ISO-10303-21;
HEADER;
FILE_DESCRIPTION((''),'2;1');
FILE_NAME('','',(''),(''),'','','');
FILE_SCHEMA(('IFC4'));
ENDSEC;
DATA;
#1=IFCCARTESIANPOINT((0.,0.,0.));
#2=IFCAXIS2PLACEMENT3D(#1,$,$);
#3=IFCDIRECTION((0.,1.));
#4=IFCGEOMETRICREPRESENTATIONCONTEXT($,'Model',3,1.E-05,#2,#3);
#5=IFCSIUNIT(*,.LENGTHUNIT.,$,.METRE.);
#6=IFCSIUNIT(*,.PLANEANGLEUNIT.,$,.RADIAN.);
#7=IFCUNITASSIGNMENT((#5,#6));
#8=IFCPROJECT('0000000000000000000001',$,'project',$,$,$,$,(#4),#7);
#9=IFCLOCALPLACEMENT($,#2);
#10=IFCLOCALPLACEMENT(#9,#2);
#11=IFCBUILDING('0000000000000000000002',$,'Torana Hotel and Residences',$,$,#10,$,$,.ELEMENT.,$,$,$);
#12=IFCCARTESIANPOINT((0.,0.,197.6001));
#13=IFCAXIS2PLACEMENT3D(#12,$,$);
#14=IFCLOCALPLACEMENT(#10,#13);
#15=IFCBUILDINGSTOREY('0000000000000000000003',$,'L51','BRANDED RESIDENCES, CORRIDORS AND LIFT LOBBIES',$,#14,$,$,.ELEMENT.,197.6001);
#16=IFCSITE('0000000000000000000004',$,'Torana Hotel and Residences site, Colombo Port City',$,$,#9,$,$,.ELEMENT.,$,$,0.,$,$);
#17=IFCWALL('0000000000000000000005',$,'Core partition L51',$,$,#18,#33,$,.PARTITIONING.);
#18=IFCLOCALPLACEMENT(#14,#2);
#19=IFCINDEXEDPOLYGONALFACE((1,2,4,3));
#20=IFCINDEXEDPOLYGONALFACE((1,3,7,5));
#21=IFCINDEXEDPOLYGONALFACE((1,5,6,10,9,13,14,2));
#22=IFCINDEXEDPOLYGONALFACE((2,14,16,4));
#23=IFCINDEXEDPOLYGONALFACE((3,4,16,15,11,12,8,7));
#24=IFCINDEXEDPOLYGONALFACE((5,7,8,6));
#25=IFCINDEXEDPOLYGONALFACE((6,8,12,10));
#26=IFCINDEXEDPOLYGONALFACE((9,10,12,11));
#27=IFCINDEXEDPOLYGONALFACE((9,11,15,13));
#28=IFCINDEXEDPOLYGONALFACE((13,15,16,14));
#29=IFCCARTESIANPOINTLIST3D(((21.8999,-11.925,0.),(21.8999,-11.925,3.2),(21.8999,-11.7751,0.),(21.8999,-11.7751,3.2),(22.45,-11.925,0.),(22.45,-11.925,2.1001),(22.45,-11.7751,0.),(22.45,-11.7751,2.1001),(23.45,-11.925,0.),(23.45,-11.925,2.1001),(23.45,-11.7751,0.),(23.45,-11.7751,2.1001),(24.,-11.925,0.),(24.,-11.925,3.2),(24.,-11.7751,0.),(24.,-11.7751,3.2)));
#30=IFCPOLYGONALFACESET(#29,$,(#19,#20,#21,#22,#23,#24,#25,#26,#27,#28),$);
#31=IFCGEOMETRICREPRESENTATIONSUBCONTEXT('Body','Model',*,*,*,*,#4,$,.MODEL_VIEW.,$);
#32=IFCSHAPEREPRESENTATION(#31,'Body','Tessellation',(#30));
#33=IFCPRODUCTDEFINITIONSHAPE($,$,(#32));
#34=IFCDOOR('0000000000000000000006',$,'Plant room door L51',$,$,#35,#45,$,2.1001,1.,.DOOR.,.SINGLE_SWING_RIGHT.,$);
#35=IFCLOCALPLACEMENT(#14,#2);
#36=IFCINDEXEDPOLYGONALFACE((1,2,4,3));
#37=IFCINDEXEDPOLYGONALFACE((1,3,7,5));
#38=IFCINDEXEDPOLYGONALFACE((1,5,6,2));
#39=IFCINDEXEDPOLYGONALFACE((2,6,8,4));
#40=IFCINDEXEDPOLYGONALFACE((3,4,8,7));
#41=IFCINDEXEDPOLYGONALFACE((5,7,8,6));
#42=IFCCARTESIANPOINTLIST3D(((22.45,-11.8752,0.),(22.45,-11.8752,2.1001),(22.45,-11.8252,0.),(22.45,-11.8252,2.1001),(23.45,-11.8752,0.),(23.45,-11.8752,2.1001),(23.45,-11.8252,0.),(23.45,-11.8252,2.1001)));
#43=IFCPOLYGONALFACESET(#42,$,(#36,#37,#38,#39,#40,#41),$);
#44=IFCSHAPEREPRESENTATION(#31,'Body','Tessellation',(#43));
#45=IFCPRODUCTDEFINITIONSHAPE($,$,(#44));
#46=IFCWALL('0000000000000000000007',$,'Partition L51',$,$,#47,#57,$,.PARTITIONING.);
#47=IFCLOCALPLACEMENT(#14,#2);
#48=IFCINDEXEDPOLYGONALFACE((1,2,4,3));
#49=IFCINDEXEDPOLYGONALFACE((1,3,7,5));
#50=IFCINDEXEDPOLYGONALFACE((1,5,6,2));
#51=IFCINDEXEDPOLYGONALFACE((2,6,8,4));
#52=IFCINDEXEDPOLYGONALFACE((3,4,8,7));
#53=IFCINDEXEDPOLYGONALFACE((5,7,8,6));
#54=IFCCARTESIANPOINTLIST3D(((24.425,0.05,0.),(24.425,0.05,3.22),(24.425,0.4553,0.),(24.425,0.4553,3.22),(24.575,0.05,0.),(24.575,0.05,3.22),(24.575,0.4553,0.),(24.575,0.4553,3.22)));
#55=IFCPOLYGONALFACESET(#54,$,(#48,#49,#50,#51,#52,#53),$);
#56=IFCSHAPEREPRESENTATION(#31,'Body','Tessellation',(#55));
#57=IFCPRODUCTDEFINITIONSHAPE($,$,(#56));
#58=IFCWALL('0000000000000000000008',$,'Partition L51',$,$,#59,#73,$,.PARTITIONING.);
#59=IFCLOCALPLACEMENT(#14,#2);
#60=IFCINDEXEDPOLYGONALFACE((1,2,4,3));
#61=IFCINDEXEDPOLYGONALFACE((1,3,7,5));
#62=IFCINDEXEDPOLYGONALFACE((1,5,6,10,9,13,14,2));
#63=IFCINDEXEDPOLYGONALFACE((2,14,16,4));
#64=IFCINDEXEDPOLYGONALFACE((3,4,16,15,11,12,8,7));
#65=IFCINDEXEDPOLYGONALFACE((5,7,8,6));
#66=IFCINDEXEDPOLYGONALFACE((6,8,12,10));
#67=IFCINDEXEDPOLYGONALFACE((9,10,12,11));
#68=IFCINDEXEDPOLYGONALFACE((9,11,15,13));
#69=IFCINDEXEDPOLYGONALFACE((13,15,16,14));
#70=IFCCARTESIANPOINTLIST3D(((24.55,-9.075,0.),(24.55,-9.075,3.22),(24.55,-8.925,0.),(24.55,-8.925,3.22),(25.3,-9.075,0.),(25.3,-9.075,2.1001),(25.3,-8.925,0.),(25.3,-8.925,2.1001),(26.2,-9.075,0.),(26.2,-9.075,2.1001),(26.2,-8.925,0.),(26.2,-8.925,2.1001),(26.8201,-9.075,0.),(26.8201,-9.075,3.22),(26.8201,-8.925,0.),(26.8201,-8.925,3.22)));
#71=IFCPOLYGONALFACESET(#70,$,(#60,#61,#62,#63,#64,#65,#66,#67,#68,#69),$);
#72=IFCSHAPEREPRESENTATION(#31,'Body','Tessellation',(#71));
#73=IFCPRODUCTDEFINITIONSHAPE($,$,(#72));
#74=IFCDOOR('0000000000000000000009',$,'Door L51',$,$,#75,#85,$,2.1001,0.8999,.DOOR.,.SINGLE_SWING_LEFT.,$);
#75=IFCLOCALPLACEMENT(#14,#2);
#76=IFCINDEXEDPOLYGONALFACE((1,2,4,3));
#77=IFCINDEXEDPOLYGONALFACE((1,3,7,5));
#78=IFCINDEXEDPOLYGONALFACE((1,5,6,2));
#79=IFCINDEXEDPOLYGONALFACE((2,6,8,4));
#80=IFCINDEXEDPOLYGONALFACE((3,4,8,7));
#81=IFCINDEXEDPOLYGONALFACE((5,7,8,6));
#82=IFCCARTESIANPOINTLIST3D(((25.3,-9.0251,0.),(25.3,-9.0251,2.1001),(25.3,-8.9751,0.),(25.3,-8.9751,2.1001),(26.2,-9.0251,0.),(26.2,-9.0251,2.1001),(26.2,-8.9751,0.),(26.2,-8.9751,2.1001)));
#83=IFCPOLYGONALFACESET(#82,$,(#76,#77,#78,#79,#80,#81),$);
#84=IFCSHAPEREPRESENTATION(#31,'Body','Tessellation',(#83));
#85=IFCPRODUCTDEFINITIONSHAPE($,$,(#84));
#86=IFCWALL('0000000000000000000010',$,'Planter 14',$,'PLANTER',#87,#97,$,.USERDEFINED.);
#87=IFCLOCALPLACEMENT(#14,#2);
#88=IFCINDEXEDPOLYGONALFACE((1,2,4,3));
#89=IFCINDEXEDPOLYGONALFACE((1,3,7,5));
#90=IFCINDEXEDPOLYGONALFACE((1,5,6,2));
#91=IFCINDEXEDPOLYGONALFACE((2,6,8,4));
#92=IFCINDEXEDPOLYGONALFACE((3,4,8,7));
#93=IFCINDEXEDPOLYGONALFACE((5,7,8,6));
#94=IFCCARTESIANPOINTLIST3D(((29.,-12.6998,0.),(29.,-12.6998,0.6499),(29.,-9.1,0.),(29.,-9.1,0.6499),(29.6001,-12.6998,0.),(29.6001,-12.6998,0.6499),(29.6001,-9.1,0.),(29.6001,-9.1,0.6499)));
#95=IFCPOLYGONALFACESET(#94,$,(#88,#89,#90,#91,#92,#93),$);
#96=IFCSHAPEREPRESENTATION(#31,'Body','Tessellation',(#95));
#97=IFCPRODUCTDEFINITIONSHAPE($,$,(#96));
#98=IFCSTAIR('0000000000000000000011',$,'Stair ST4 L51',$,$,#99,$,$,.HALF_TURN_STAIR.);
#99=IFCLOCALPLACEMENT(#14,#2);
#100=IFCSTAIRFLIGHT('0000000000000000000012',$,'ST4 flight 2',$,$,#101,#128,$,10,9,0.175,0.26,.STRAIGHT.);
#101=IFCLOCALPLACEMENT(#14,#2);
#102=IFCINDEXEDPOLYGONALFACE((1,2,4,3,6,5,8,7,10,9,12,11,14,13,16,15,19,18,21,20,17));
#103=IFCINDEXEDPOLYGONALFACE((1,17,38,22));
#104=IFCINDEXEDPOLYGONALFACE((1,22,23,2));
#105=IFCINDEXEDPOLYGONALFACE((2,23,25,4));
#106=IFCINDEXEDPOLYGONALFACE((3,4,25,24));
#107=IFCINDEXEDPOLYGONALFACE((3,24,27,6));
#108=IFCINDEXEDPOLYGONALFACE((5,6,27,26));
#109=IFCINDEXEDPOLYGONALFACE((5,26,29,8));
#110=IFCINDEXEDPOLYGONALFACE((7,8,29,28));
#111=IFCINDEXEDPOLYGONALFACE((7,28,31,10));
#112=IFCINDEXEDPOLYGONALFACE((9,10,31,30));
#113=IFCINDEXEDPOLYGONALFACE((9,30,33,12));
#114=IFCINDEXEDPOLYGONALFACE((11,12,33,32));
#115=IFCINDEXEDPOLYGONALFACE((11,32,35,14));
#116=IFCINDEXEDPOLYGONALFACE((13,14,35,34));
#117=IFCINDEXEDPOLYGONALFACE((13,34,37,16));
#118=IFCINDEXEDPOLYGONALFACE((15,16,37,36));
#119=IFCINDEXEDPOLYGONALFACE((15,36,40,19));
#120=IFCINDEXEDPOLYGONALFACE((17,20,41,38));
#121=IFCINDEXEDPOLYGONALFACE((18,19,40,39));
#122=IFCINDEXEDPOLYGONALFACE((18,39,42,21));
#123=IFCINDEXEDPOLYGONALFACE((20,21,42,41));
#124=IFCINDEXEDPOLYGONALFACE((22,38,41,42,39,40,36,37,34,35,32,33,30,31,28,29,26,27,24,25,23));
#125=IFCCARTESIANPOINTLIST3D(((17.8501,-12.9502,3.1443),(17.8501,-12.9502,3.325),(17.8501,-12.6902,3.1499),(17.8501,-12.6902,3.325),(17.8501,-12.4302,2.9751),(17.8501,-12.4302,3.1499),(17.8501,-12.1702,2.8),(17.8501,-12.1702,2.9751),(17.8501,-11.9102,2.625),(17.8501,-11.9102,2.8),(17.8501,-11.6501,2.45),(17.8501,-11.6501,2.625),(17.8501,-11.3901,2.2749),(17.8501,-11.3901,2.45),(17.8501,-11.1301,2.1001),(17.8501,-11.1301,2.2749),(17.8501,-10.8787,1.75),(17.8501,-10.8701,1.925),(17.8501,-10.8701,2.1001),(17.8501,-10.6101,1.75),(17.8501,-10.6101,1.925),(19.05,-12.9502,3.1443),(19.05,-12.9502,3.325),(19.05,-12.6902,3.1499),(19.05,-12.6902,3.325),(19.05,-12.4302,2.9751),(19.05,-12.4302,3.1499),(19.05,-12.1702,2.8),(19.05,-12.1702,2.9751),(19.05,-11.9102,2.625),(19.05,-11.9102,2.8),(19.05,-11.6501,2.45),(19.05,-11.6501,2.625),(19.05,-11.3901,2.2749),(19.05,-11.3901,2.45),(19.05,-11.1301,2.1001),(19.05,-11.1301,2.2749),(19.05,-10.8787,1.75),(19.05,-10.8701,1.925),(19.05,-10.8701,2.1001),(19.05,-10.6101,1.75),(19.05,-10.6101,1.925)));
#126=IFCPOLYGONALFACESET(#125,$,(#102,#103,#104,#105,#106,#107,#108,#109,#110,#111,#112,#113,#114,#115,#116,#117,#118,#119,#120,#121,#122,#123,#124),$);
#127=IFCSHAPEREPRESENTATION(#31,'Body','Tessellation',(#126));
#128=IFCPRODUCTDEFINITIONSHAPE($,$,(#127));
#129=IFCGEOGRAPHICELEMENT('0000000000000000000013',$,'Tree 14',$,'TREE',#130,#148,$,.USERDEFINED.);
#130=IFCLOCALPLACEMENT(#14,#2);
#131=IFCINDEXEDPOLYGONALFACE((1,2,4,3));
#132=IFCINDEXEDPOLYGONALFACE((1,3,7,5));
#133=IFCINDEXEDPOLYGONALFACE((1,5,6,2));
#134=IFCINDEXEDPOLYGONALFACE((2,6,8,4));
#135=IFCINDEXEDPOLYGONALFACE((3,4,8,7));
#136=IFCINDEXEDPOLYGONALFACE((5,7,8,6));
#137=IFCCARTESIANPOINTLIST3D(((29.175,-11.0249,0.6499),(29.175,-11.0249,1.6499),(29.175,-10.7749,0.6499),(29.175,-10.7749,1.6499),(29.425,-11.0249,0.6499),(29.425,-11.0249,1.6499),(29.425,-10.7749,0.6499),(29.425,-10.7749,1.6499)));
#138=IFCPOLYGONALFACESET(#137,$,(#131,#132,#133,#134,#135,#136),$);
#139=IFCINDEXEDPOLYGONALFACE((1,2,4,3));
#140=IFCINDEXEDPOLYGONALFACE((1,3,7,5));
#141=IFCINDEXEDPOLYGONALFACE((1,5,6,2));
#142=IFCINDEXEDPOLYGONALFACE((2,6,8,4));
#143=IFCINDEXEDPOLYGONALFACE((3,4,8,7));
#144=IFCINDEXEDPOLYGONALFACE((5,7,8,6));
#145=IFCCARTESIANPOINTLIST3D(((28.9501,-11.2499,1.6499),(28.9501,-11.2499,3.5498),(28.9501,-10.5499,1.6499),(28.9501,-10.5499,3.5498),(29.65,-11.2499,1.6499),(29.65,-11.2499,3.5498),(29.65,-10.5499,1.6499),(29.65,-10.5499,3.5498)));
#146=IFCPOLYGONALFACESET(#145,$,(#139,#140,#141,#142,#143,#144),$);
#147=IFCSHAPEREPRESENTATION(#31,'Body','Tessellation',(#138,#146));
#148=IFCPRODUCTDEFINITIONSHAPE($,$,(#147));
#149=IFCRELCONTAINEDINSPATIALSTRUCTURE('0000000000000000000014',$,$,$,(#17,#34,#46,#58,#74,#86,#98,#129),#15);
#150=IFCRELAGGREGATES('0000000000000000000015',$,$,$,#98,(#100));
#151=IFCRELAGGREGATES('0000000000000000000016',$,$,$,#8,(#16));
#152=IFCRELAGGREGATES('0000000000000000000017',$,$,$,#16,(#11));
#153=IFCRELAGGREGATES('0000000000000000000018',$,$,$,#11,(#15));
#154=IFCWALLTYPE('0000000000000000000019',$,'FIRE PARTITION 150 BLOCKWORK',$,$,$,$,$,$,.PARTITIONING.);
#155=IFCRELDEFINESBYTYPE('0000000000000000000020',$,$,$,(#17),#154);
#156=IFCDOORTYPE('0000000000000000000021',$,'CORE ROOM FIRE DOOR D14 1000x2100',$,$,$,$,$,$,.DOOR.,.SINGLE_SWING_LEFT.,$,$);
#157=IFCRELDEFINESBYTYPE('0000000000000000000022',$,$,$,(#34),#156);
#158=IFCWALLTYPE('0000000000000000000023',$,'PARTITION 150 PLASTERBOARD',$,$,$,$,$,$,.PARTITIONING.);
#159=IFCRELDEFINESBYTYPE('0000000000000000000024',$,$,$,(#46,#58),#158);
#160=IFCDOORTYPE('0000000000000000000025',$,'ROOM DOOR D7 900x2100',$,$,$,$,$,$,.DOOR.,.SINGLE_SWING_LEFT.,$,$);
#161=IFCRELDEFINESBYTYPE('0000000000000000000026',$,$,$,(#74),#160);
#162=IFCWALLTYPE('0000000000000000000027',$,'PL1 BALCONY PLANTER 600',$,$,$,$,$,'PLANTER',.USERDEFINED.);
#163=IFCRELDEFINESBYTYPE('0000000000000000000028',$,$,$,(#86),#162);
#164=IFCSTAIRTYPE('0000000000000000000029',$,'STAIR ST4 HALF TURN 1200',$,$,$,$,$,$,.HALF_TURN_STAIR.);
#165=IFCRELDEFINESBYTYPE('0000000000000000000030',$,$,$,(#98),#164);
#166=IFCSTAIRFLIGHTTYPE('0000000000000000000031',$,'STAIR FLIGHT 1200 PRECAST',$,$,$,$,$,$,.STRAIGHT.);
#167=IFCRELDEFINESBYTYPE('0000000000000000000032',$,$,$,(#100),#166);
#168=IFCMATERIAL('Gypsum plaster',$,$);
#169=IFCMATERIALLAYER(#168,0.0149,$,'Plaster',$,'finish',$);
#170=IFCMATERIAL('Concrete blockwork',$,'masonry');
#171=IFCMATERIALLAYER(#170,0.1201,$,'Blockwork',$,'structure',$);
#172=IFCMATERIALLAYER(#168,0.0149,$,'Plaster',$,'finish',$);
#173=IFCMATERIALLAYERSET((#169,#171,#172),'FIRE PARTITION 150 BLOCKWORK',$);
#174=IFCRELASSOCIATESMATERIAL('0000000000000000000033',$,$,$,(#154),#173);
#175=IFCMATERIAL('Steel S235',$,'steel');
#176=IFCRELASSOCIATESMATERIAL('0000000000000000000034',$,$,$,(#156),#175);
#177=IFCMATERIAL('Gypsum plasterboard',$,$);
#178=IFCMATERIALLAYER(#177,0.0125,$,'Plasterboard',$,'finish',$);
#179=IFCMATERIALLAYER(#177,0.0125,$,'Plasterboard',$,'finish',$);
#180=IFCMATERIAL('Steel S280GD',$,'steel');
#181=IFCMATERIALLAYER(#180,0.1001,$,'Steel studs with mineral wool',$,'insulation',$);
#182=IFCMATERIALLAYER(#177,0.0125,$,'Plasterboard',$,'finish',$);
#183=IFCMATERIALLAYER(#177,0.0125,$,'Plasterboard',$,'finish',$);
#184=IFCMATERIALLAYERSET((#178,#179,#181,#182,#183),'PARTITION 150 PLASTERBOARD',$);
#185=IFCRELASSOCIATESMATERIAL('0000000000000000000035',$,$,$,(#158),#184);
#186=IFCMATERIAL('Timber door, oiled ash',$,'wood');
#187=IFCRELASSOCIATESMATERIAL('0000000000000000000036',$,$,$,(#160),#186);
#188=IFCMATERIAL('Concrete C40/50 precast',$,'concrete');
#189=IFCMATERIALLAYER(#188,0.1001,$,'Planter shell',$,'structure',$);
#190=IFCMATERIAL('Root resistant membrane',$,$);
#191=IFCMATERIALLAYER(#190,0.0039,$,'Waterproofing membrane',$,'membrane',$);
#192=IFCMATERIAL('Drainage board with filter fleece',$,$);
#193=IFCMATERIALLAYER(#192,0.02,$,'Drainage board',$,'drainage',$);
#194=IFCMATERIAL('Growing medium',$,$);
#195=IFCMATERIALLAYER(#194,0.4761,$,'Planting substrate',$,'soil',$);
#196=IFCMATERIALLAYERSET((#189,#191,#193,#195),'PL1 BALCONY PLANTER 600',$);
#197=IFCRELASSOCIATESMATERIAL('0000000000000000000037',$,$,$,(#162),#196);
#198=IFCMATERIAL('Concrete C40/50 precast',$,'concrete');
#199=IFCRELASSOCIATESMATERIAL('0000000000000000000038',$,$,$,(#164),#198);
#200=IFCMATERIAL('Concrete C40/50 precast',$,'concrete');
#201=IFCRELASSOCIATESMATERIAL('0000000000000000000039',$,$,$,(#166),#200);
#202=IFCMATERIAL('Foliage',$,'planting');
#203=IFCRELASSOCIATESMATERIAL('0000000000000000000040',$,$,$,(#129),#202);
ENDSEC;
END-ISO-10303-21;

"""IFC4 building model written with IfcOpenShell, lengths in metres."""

from ifc_helpers import new_model, si_unit, direction, frame, frame_2d, origin, origin_2d, place, context, subcontext, project, spatial, polyline, rectangle, outline, extrude, material, layer, layer_set, type_object, element, fill, aggregate, save


model = new_model("IFC4")

# Units and contexts
model_context = context("Model", 3, precision=1e-05, world=origin(), true_north=direction((0.0, 1.0)))
body_context = subcontext(model_context, "Body", "Model", "MODEL_VIEW")
ifc_project = project(units=[si_unit("LENGTHUNIT", "METRE"), si_unit("PLANEANGLEUNIT", "RADIAN")], contexts=[model_context])

# Site, building, storey
site_placement = place(None, origin())
site = spatial("IfcSite", under=ifc_project, at=site_placement, Name="Torana Hotel and Residences site, Colombo Port City", CompositionType="ELEMENT", RefElevation=0.0)
building_placement = place(site_placement, origin())
building = spatial("IfcBuilding", under=site, at=building_placement, Name="Torana Hotel and Residences", CompositionType="ELEMENT")
storey_placement = place(building_placement, frame((0.0, 0.0, 197.6001)))
storey = spatial("IfcBuildingStorey", under=building, at=storey_placement, Name="L51", Description="BRANDED RESIDENCES, CORRIDORS AND LIFT LOBBIES", CompositionType="ELEMENT", Elevation=197.6001)

# Shared definitions
ifc_material_1 = material(Name="Steel S280GD", Category="steel")

# Shared definitions
ifc_material_2 = material(Name="Concrete C40/50 precast", Category="concrete")

# Wall, opening, door
ifc_material_3 = material(Name="Gypsum plaster")
ifc_layer_1 = layer(ifc_material_3, 0.0149, Name="Plaster", Category="finish")
ifc_material_4 = material(Name="Concrete blockwork", Category="masonry")
ifc_layer_2 = layer(ifc_material_4, 0.1201, Name="Blockwork", Category="structure")
ifc_layer_3 = layer(ifc_material_3, 0.0149, Name="Plaster", Category="finish")
ifc_layer_set_1 = layer_set([ifc_layer_1, ifc_layer_2, ifc_layer_3], Name="FIRE PARTITION 150 BLOCKWORK")
wall_type_1 = type_object("IfcWallType", Name="FIRE PARTITION 150 BLOCKWORK", PredefinedType="PARTITIONING", material=ifc_layer_set_1)
wall_1_placement = place(storey_placement, frame((21.8999, -11.8501, 0.0), z_axis=(0.0, 0.0, 1.0), x_axis=(1.0, 0.0, 0.0)))
wall_1 = element("IfcWall", 1, at=wall_1_placement, inside=storey, type_object=wall_type_1, Name="Core partition L51", PredefinedType="PARTITIONING", context=body_context, shape_type="SweptSolid", body=[
    extrude(rectangle(XDim=2.1001, YDim=0.1499, at=frame_2d((1.05, 0.0))), origin(), (0.0, 0.0, 1.0), 3.2),
])
opening_1_placement = place(wall_1_placement, frame((0.55, 0.0, 0.0)))
opening_1 = element("IfcOpeningElement", 2, at=opening_1_placement, cuts=wall_1, PredefinedType="OPENING", context=body_context, shape_type="SweptSolid", body=[
    extrude(rectangle(XDim=1.0, YDim=2.1001, at=frame_2d((0.5, 1.05))), frame((0.0, 0.085, 0.0), z_axis=(0.0, -1.0, 0.0), x_axis=(1.0, 0.0, 0.0)), (0.0, 0.0, 1.0), 0.1699),
])
ifc_material_5 = material(Name="Steel S235", Category="steel")
door_type_1 = type_object("IfcDoorType", Name="CORE ROOM FIRE DOOR D14 1000x2100", OperationType="SINGLE_SWING_LEFT", PredefinedType="DOOR", material=ifc_material_5)
door_1_placement = place(opening_1_placement, origin())
door_1 = element("IfcDoor", 3, at=door_1_placement, inside=storey, type_object=door_type_1, Name="Plant room door L51", OperationType="SINGLE_SWING_RIGHT", OverallHeight=2.1001, OverallWidth=1.0, PredefinedType="DOOR", context=body_context, shape_type="SweptSolid", body=[
    extrude(rectangle(XDim=1.0, YDim=2.1001, at=frame_2d((0.5, 1.05))), frame((0.0, 0.0249, 0.0), z_axis=(0.0, -1.0, 0.0), x_axis=(1.0, 0.0, 0.0)), (0.0, 0.0, 1.0), 0.05),
])
fill(opening_1, door_1)

# Wall
ifc_material_6 = material(Name="Gypsum plasterboard")
ifc_layer_4 = layer(ifc_material_6, 0.0125, Name="Plasterboard", Category="finish")
ifc_layer_5 = layer(ifc_material_6, 0.0125, Name="Plasterboard", Category="finish")
ifc_layer_6 = layer(ifc_material_1, 0.1001, Name="Steel studs with mineral wool", Category="insulation")
ifc_layer_7 = layer(ifc_material_6, 0.0125, Name="Plasterboard", Category="finish")
ifc_layer_8 = layer(ifc_material_6, 0.0125, Name="Plasterboard", Category="finish")
ifc_layer_set_2 = layer_set([ifc_layer_4, ifc_layer_5, ifc_layer_6, ifc_layer_7, ifc_layer_8], Name="PARTITION 150 PLASTERBOARD")
wall_type_2 = type_object("IfcWallType", Name="PARTITION 150 PLASTERBOARD", PredefinedType="PARTITIONING", material=ifc_layer_set_2)
wall_2_placement = place(storey_placement, frame((24.5, 0.05, 0.0), z_axis=(0.0, 0.0, 1.0), x_axis=(0.0, 1.0, 0.0)))
element("IfcWall", 4, at=wall_2_placement, inside=storey, type_object=wall_type_2, Name="Partition L51", PredefinedType="PARTITIONING", context=body_context, shape_type="SweptSolid", body=[
    extrude(rectangle(XDim=0.4053, YDim=0.1499, at=frame_2d((0.2026, 0.0))), origin(), (0.0, 0.0, 1.0), 3.22),
])

# Wall, opening, door
wall_3_placement = place(storey_placement, frame((24.55, -9.0, 0.0), z_axis=(0.0, 0.0, 1.0), x_axis=(1.0, 0.0, 0.0)))
wall_3 = element("IfcWall", 5, at=wall_3_placement, inside=storey, type_object=wall_type_2, Name="Partition L51", PredefinedType="PARTITIONING", context=body_context, shape_type="SweptSolid", body=[
    extrude(rectangle(XDim=2.27, YDim=0.1499, at=frame_2d((1.135, 0.0))), origin(), (0.0, 0.0, 1.0), 3.22),
])
opening_2_placement = place(wall_3_placement, frame((0.75, 0.0, 0.0)))
opening_2 = element("IfcOpeningElement", 6, at=opening_2_placement, cuts=wall_3, PredefinedType="OPENING", context=body_context, shape_type="SweptSolid", body=[
    extrude(rectangle(XDim=0.8999, YDim=2.1001, at=frame_2d((0.45, 1.05))), frame((0.0, 0.085, 0.0), z_axis=(0.0, -1.0, 0.0), x_axis=(1.0, 0.0, 0.0)), (0.0, 0.0, 1.0), 0.1699),
])
ifc_material_7 = material(Name="Timber door, oiled ash", Category="wood")
door_type_2 = type_object("IfcDoorType", Name="ROOM DOOR D7 900x2100", OperationType="SINGLE_SWING_LEFT", PredefinedType="DOOR", material=ifc_material_7)
door_2_placement = place(opening_2_placement, origin())
door_2 = element("IfcDoor", 7, at=door_2_placement, inside=storey, type_object=door_type_2, Name="Door L51", OperationType="SINGLE_SWING_LEFT", OverallHeight=2.1001, OverallWidth=0.8999, PredefinedType="DOOR", context=body_context, shape_type="SweptSolid", body=[
    extrude(rectangle(XDim=0.8999, YDim=2.1001, at=frame_2d((0.45, 1.05))), frame((0.0, 0.0249, 0.0), z_axis=(0.0, -1.0, 0.0), x_axis=(1.0, 0.0, 0.0)), (0.0, 0.0, 1.0), 0.05),
])
fill(opening_2, door_2)

# Wall
ifc_layer_9 = layer(ifc_material_2, 0.1001, Name="Planter shell", Category="structure")
ifc_material_8 = material(Name="Root resistant membrane")
ifc_layer_10 = layer(ifc_material_8, 0.0039, Name="Waterproofing membrane", Category="membrane")
ifc_material_9 = material(Name="Drainage board with filter fleece")
ifc_layer_11 = layer(ifc_material_9, 0.02, Name="Drainage board", Category="drainage")
ifc_material_10 = material(Name="Growing medium")
ifc_layer_12 = layer(ifc_material_10, 0.4761, Name="Planting substrate", Category="soil")
ifc_layer_set_3 = layer_set([ifc_layer_9, ifc_layer_10, ifc_layer_11, ifc_layer_12], Name="PL1 BALCONY PLANTER 600")
wall_type_3 = type_object("IfcWallType", Name="PL1 BALCONY PLANTER 600", ElementType="PLANTER", PredefinedType="USERDEFINED", material=ifc_layer_set_3)
wall_4_placement = place(storey_placement, frame((29.3, -9.1001, 0.0), z_axis=(0.0, 0.0, 1.0), x_axis=(0.0, -1.0, 0.0)))
element("IfcWall", 8, at=wall_4_placement, inside=storey, type_object=wall_type_3, Name="Planter 14", ObjectType="PLANTER", PredefinedType="USERDEFINED", context=body_context, shape_type="SweptSolid", body=[
    extrude(rectangle(XDim=3.5999, YDim=0.6001, at=frame_2d((1.7998, 0.0))), origin(), (0.0, 0.0, 1.0), 0.6499),
])

# Stair, stair flight
ifc_material_11 = material(Name="Concrete C40/50 precast", Category="concrete")
stair_type = type_object("IfcStairType", Name="STAIR ST4 HALF TURN 1200", PredefinedType="HALF_TURN_STAIR", material=ifc_material_11)
stair_placement = place(storey_placement, origin())
stair = element("IfcStair", 9, at=stair_placement, inside=storey, type_object=stair_type, Name="Stair ST4 L51", PredefinedType="HALF_TURN_STAIR")
ifc_material_12 = material(Name="Concrete C40/50 precast", Category="concrete")
stair_flight_type = type_object("IfcStairFlightType", Name="STAIR FLIGHT 1200 PRECAST", PredefinedType="STRAIGHT", material=ifc_material_12)
stair_flight_placement = place(storey_placement, frame((18.45, -10.6101, 1.75), z_axis=(0.0, 0.0, 1.0), x_axis=(0.0, -1.0, 0.0)))
stair_flight = element("IfcStairFlight", 10, at=stair_flight_placement, type_object=stair_flight_type, Name="ST4 flight 2", NumberOfRisers=10, NumberOfTreads=9, PredefinedType="STRAIGHT", RiserHeight=0.175, TreadLength=0.26, context=body_context, shape_type="SweptSolid", body=[
    extrude(outline(polyline([(0.0, 0.0), (0.0, 0.175), (0.26, 0.175), (0.26, 0.3501), (0.52, 0.3501), (0.52, 0.5249), (0.78, 0.5249), (0.78, 0.7), (1.04, 0.7), (1.04, 0.875), (1.3, 0.875), (1.3, 1.05), (1.5601, 1.05), (1.5601, 1.2251), (1.8201, 1.2251), (1.8201, 1.3999), (2.0801, 1.3999), (2.0801, 1.575), (2.3401, 1.575), (2.3401, 1.75), (2.3401, 1.3943), (0.2686, 0.0), (0.0, 0.0)])), frame((0.0, 0.6001, 0.0), z_axis=(0.0, -1.0, 0.0), x_axis=(1.0, 0.0, 0.0)), (0.0, 0.0, 1.0), 1.2),
])
aggregate(stair, [stair_flight])

# Geographic element
ifc_material_13 = material(Name="Foliage", Category="planting")
geographic_element_placement = place(storey_placement, frame((29.3, -10.8999, 0.6499), z_axis=(0.0, 0.0, 1.0), x_axis=(1.0, 0.0, 0.0)))
element("IfcGeographicElement", 11, at=geographic_element_placement, inside=storey, material=ifc_material_13, Name="Tree 14", ObjectType="TREE", PredefinedType="USERDEFINED", context=body_context, shape_type="SweptSolid", body=[
    extrude(rectangle(XDim=0.25, YDim=0.25, at=origin_2d()), origin(), (0.0, 0.0, 1.0), 1.0),
    extrude(rectangle(XDim=0.7, YDim=0.7, at=origin_2d()), frame((0.0, 0.0, 1.0)), (0.0, 0.0, 1.0), 1.8999),
])

save(model, "model.ifc")
